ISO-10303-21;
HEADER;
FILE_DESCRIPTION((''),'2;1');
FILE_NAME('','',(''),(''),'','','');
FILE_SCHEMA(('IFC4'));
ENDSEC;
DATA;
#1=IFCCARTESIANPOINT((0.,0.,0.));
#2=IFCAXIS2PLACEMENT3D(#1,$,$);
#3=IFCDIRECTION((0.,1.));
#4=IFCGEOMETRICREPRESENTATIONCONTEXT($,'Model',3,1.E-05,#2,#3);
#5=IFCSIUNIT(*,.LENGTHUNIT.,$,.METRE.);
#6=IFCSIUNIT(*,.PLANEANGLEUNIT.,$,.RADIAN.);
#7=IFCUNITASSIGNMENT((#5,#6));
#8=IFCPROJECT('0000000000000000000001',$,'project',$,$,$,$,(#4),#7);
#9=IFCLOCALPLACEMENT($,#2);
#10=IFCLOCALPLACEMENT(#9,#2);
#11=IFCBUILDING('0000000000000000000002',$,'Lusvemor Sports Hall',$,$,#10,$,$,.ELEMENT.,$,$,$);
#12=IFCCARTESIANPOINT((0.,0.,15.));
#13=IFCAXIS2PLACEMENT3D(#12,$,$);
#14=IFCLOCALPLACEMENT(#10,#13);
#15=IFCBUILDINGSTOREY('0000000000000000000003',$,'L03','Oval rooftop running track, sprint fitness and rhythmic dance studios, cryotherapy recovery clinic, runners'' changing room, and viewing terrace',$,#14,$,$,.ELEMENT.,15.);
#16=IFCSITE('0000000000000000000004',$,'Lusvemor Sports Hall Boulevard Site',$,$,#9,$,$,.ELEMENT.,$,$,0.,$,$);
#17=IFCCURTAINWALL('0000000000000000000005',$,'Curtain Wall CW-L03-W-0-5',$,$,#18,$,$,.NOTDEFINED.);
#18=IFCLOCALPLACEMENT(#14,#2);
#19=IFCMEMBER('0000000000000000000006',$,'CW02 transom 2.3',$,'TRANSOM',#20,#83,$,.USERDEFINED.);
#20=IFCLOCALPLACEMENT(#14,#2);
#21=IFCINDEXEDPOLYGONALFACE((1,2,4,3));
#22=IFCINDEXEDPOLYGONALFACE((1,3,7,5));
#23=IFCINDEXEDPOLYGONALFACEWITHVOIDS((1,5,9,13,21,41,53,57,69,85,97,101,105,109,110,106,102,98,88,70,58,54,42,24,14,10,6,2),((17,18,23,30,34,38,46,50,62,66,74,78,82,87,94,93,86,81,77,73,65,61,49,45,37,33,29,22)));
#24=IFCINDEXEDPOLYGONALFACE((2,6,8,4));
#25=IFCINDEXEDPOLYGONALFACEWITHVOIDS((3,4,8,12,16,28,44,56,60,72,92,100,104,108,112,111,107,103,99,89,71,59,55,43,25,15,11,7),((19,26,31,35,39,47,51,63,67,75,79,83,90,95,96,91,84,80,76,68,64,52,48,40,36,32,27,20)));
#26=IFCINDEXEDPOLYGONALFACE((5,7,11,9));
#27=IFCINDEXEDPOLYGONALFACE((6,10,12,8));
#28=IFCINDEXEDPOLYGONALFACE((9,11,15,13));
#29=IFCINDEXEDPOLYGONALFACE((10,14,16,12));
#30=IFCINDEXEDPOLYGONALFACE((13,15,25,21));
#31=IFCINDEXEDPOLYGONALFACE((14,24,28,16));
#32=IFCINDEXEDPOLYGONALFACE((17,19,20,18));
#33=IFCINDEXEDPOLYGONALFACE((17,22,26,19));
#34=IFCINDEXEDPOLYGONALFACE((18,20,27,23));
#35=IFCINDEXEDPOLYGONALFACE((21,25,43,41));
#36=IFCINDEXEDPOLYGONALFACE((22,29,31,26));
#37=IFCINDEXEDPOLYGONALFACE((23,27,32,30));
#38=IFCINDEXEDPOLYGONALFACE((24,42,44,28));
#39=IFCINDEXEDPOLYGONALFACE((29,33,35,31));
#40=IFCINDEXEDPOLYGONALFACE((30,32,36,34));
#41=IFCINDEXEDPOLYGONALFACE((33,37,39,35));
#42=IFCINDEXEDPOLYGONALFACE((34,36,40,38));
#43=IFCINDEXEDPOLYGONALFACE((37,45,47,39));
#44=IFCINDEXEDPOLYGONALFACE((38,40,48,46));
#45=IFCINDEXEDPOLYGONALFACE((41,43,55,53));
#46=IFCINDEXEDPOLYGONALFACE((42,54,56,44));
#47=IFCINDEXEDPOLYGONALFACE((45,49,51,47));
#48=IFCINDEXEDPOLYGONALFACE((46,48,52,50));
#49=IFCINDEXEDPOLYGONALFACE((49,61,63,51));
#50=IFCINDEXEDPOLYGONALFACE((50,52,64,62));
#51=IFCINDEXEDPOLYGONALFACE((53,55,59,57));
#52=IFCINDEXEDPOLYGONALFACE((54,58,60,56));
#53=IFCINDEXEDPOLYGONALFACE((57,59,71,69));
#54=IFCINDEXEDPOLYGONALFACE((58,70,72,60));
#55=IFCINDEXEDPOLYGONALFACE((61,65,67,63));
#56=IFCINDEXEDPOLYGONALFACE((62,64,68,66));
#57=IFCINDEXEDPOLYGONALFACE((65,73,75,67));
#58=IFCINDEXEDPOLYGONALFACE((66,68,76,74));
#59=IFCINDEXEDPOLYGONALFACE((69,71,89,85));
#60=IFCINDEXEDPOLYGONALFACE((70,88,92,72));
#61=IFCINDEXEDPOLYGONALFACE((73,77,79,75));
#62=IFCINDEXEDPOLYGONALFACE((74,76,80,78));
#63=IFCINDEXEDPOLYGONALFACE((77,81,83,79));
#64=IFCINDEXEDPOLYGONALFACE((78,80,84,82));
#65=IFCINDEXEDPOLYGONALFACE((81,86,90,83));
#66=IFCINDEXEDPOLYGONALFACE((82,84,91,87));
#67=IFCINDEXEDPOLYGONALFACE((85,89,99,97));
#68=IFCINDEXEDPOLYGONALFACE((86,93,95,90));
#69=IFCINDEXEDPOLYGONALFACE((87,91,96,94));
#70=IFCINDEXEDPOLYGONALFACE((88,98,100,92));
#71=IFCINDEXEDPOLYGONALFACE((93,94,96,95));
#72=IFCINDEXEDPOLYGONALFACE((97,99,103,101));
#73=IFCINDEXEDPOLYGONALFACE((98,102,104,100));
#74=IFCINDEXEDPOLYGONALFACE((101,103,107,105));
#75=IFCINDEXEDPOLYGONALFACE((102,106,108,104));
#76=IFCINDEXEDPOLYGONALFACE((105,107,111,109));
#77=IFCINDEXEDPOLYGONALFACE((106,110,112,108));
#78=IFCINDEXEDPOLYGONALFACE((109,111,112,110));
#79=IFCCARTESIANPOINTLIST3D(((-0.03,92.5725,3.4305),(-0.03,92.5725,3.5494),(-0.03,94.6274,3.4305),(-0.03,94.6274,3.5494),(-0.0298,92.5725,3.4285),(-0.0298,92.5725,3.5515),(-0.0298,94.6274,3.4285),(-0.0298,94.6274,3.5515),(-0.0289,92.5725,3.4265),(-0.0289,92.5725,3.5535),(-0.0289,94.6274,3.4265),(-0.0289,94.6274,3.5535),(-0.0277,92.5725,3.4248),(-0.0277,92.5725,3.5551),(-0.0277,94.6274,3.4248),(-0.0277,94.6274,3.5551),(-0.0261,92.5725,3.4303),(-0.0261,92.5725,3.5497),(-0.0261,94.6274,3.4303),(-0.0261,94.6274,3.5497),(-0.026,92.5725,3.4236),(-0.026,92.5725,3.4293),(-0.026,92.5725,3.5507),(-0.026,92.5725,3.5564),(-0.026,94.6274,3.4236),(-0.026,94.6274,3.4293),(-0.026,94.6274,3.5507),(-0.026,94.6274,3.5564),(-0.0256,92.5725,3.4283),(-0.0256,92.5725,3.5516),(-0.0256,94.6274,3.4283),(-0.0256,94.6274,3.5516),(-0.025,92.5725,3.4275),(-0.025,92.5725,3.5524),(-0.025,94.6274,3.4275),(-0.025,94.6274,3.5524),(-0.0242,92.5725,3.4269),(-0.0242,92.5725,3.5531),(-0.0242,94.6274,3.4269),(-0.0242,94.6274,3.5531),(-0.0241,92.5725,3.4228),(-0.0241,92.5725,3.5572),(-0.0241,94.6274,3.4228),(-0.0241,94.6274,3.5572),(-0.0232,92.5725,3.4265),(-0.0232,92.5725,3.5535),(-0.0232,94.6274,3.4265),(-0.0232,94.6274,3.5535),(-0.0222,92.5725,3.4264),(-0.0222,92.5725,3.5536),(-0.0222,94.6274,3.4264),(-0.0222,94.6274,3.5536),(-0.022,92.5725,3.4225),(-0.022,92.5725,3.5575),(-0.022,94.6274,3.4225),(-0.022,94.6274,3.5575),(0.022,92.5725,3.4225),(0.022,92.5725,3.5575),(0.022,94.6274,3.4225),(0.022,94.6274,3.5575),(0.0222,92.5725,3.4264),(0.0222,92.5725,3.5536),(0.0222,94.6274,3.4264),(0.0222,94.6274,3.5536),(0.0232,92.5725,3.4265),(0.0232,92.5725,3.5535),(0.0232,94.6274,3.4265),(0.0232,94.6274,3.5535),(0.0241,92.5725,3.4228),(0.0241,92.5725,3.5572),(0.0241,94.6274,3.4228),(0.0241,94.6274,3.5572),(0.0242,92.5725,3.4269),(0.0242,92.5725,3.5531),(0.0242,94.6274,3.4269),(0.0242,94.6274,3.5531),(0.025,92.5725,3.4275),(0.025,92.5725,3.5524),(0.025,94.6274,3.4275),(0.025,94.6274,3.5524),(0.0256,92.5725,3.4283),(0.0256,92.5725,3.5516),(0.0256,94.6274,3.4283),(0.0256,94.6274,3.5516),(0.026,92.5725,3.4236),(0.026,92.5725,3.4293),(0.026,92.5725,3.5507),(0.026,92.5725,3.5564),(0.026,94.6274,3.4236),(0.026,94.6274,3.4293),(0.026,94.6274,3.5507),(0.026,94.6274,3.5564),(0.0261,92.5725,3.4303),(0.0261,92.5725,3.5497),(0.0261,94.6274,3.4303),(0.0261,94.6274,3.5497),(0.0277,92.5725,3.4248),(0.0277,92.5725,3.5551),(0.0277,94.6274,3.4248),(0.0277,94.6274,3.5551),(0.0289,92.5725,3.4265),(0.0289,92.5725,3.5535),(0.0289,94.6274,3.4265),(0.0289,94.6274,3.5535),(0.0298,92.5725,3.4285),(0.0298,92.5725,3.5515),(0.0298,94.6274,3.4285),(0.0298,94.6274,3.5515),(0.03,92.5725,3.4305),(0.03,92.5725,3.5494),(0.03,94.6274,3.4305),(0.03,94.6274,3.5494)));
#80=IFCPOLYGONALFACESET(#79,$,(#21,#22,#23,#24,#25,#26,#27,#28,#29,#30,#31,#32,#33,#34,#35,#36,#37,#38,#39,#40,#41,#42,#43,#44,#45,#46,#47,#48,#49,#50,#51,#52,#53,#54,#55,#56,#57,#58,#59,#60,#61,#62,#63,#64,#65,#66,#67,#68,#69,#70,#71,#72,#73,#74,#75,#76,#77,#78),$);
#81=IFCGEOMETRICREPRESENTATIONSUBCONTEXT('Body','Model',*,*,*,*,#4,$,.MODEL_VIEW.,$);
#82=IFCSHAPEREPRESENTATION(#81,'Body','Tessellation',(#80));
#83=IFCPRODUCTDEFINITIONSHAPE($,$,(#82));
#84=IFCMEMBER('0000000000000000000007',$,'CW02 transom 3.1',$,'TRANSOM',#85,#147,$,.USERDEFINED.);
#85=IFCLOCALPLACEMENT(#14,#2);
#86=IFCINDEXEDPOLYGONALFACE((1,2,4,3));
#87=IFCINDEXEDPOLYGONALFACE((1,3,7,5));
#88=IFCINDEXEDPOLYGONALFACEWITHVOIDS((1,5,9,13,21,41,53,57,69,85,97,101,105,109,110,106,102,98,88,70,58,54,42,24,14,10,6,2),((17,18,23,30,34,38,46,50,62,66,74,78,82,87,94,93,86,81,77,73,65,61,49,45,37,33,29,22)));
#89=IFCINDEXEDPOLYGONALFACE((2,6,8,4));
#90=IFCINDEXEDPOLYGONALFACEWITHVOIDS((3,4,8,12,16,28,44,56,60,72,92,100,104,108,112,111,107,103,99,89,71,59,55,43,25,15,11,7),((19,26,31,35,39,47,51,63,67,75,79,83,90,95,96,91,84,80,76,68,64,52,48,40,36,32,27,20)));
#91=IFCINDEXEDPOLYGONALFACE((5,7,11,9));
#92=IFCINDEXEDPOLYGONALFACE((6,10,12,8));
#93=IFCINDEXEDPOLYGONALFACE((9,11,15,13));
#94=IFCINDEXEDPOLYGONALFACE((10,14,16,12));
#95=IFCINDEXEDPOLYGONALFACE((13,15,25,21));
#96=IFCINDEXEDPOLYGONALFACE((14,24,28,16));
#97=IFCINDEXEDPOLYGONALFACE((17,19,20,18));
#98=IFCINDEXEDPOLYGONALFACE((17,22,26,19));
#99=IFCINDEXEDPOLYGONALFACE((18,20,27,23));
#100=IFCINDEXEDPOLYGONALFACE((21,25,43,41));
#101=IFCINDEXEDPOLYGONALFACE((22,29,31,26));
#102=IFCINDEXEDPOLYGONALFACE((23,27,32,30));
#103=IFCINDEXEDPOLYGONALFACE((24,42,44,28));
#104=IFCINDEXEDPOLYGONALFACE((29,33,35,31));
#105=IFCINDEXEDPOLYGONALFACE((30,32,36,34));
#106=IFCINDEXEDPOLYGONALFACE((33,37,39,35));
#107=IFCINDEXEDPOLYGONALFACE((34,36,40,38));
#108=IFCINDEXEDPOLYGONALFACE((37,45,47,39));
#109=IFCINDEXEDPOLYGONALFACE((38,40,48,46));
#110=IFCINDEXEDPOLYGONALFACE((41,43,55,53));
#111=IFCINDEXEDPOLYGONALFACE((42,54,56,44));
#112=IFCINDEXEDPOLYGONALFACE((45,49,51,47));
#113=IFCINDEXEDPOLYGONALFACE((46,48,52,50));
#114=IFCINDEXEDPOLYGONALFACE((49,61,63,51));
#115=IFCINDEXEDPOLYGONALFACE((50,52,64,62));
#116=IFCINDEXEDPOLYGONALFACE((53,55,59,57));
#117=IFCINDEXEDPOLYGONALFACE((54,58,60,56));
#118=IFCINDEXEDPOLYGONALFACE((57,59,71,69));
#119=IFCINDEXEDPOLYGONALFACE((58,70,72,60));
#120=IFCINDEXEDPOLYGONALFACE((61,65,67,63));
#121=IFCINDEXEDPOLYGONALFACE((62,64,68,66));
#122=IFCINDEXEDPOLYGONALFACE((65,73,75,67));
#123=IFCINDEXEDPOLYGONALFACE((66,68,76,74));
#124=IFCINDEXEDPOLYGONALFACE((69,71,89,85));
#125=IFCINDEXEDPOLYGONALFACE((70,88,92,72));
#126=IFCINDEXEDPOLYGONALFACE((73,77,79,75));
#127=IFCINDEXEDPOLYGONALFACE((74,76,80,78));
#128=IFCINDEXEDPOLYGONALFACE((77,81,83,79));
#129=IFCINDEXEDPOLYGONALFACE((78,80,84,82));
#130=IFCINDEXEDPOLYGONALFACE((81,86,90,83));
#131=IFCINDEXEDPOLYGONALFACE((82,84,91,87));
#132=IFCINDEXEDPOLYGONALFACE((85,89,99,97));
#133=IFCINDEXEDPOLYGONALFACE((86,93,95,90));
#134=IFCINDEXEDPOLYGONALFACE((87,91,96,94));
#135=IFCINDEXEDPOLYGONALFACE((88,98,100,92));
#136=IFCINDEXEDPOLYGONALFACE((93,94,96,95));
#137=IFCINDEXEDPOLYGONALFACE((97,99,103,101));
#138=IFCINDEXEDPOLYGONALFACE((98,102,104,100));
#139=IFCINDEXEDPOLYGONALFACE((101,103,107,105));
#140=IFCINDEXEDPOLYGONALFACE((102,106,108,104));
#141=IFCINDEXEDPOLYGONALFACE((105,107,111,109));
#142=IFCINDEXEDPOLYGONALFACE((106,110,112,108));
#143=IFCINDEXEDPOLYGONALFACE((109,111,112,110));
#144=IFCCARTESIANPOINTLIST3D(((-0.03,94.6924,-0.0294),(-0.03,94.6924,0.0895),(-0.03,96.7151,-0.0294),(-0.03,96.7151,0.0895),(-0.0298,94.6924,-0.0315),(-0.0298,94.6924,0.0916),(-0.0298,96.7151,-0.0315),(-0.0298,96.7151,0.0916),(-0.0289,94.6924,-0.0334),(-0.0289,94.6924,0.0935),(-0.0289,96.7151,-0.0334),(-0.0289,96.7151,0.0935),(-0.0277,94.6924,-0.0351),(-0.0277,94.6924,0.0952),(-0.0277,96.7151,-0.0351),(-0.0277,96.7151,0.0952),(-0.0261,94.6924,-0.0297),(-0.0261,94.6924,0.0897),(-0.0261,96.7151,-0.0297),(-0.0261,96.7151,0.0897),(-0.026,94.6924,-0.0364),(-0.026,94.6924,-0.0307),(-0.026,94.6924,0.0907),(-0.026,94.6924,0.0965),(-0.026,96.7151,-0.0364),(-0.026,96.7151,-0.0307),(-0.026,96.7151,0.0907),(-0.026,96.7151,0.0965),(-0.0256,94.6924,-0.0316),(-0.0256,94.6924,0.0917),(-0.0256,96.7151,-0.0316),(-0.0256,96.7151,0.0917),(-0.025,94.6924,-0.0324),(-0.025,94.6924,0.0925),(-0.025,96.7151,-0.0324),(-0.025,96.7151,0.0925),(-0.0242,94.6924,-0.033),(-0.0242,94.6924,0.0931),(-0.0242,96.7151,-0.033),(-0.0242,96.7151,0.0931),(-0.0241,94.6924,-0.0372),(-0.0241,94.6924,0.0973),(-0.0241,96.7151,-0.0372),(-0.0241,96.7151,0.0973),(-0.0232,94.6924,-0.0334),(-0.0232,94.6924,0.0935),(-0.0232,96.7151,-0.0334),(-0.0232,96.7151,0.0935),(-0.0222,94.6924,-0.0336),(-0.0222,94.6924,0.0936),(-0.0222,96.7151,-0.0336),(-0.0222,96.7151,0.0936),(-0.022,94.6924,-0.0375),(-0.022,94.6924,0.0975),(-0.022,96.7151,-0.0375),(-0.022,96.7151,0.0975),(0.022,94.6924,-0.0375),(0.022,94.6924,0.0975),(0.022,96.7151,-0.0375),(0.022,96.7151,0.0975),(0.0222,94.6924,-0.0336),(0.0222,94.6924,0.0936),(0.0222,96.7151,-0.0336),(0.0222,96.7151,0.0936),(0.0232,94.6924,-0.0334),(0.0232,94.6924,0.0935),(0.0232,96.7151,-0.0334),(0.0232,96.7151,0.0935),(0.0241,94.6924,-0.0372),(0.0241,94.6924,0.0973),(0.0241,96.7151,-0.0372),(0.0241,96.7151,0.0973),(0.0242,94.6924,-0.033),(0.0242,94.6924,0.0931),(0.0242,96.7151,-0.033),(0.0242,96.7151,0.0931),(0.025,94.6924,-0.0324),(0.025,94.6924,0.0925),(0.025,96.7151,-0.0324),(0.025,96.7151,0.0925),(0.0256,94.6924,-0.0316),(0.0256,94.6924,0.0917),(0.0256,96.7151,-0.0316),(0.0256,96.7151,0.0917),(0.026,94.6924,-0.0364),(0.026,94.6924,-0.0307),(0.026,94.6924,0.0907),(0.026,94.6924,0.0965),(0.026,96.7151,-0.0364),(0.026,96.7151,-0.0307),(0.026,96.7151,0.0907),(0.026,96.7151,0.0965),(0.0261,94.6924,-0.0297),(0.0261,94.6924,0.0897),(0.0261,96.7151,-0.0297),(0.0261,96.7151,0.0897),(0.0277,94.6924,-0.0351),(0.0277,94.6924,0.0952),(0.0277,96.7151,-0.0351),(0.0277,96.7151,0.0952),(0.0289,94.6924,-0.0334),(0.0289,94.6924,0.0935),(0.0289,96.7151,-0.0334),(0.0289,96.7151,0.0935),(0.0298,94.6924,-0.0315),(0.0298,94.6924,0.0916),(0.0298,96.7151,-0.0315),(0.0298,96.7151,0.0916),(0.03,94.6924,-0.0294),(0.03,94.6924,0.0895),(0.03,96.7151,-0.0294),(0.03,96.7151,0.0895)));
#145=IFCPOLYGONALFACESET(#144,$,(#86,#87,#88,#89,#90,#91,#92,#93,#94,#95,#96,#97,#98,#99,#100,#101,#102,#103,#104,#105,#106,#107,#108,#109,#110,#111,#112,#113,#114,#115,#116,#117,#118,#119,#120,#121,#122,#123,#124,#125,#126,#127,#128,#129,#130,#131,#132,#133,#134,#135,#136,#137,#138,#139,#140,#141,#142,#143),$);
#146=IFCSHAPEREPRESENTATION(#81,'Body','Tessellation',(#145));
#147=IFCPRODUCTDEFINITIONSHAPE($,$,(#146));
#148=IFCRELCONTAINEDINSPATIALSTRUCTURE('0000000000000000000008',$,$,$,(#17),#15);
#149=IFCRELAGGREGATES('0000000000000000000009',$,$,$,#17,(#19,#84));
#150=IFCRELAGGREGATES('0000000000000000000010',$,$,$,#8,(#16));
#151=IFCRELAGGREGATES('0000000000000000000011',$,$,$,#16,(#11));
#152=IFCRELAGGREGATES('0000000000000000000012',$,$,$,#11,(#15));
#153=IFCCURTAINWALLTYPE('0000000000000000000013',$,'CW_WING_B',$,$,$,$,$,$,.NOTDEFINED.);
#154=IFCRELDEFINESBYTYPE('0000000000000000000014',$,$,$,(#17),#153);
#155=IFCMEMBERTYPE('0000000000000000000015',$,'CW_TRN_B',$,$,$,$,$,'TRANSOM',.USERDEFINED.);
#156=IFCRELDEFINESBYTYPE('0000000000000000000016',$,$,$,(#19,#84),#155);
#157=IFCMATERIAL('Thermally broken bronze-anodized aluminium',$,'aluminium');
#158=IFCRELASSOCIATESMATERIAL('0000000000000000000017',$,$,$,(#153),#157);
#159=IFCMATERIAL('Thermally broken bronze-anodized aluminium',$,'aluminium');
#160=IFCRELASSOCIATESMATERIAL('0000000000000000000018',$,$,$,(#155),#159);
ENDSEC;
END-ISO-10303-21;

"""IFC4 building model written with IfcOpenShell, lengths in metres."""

from ifc_helpers import new_model, si_unit, direction, frame, origin, origin_2d, place, context, subcontext, project, spatial, hollow_rectangle, extrude, material, material_profile, profile_set, type_object, element, aggregate, save


model = new_model("IFC4")

# Units and contexts
model_context = context("Model", 3, precision=1e-05, world=origin(), true_north=direction((0.0, 1.0)))
body_context = subcontext(model_context, "Body", "Model", "MODEL_VIEW")
ifc_project = project(units=[si_unit("LENGTHUNIT", "METRE"), si_unit("PLANEANGLEUNIT", "RADIAN")], contexts=[model_context])

# Site, building, storey
site_placement = place(None, origin())
site = spatial("IfcSite", under=ifc_project, at=site_placement, Name="Lusvemor Sports Hall Boulevard Site", CompositionType="ELEMENT", RefElevation=0.0)
building_placement = place(site_placement, origin())
building = spatial("IfcBuilding", under=site, at=building_placement, Name="Lusvemor Sports Hall", CompositionType="ELEMENT")
storey_placement = place(building_placement, frame((0.0, 0.0, 15.0)))
storey = spatial("IfcBuildingStorey", under=building, at=storey_placement, Name="L03", Description="Oval rooftop running track, sprint fitness and rhythmic dance studios, cryotherapy recovery clinic, runners' changing room, and viewing terrace", CompositionType="ELEMENT", Elevation=15.0)

# Curtain wall, members
ifc_material_1 = material(Name="Thermally broken bronze-anodized aluminium", Category="aluminium")
curtain_wall_type = type_object("IfcCurtainWallType", Name="CW_WING_B", PredefinedType="NOTDEFINED", material=ifc_material_1)
curtain_wall_placement = place(storey_placement, origin())
curtain_wall = element("IfcCurtainWall", 1, at=curtain_wall_placement, inside=storey, type_object=curtain_wall_type, Name="Curtain Wall CW-L03-W-0-5", PredefinedType="NOTDEFINED")
ifc_material_2 = material(Name="Thermally broken bronze-anodized aluminium", Category="aluminium")
ifc_material_profile_1 = material_profile(ifc_material_2, hollow_rectangle(XDim=0.0601, YDim=0.135, WallThickness=0.0039, InnerFilletRadius=0.0039, OuterFilletRadius=0.0081, at=origin_2d()), Name="CWTRN135x60x4")
ifc_profile_set_1 = profile_set([ifc_material_profile_1], Name="Thermally broken bronze-anodized aluminium")
member_type_1 = type_object("IfcMemberType", Name="CW_TRN_B", ElementType="TRANSOM", PredefinedType="USERDEFINED", material=ifc_profile_set_1)
member_1_placement = place(storey_placement, frame((0.0, 92.5725, 3.49), z_axis=(0.0, 1.0, 0.0), x_axis=(-1.0, 0.0, 0.0)))
member_1 = element("IfcMember", 2, at=member_1_placement, type_object=member_type_1, Name="CW02 transom 2.3", ObjectType="TRANSOM", PredefinedType="USERDEFINED", context=body_context, shape_type="SweptSolid", body=[
    extrude(hollow_rectangle(XDim=0.0601, YDim=0.135, WallThickness=0.0039, InnerFilletRadius=0.0039, OuterFilletRadius=0.0081, at=origin_2d()), origin(), (0.0, 0.0, 1.0), 2.0549),
])
member_2_placement = place(storey_placement, frame((0.0, 94.6924, 0.03), z_axis=(0.0, 1.0, 0.0), x_axis=(-1.0, 0.0, 0.0)))
member_2 = element("IfcMember", 3, at=member_2_placement, type_object=member_type_1, Name="CW02 transom 3.1", ObjectType="TRANSOM", PredefinedType="USERDEFINED", context=body_context, shape_type="SweptSolid", body=[
    extrude(hollow_rectangle(XDim=0.0601, YDim=0.135, WallThickness=0.0039, InnerFilletRadius=0.0039, OuterFilletRadius=0.0081, at=origin_2d()), origin(), (0.0, 0.0, 1.0), 2.0227),
])

aggregate(curtain_wall, [member_1, member_2])

save(model, "model.ifc")
